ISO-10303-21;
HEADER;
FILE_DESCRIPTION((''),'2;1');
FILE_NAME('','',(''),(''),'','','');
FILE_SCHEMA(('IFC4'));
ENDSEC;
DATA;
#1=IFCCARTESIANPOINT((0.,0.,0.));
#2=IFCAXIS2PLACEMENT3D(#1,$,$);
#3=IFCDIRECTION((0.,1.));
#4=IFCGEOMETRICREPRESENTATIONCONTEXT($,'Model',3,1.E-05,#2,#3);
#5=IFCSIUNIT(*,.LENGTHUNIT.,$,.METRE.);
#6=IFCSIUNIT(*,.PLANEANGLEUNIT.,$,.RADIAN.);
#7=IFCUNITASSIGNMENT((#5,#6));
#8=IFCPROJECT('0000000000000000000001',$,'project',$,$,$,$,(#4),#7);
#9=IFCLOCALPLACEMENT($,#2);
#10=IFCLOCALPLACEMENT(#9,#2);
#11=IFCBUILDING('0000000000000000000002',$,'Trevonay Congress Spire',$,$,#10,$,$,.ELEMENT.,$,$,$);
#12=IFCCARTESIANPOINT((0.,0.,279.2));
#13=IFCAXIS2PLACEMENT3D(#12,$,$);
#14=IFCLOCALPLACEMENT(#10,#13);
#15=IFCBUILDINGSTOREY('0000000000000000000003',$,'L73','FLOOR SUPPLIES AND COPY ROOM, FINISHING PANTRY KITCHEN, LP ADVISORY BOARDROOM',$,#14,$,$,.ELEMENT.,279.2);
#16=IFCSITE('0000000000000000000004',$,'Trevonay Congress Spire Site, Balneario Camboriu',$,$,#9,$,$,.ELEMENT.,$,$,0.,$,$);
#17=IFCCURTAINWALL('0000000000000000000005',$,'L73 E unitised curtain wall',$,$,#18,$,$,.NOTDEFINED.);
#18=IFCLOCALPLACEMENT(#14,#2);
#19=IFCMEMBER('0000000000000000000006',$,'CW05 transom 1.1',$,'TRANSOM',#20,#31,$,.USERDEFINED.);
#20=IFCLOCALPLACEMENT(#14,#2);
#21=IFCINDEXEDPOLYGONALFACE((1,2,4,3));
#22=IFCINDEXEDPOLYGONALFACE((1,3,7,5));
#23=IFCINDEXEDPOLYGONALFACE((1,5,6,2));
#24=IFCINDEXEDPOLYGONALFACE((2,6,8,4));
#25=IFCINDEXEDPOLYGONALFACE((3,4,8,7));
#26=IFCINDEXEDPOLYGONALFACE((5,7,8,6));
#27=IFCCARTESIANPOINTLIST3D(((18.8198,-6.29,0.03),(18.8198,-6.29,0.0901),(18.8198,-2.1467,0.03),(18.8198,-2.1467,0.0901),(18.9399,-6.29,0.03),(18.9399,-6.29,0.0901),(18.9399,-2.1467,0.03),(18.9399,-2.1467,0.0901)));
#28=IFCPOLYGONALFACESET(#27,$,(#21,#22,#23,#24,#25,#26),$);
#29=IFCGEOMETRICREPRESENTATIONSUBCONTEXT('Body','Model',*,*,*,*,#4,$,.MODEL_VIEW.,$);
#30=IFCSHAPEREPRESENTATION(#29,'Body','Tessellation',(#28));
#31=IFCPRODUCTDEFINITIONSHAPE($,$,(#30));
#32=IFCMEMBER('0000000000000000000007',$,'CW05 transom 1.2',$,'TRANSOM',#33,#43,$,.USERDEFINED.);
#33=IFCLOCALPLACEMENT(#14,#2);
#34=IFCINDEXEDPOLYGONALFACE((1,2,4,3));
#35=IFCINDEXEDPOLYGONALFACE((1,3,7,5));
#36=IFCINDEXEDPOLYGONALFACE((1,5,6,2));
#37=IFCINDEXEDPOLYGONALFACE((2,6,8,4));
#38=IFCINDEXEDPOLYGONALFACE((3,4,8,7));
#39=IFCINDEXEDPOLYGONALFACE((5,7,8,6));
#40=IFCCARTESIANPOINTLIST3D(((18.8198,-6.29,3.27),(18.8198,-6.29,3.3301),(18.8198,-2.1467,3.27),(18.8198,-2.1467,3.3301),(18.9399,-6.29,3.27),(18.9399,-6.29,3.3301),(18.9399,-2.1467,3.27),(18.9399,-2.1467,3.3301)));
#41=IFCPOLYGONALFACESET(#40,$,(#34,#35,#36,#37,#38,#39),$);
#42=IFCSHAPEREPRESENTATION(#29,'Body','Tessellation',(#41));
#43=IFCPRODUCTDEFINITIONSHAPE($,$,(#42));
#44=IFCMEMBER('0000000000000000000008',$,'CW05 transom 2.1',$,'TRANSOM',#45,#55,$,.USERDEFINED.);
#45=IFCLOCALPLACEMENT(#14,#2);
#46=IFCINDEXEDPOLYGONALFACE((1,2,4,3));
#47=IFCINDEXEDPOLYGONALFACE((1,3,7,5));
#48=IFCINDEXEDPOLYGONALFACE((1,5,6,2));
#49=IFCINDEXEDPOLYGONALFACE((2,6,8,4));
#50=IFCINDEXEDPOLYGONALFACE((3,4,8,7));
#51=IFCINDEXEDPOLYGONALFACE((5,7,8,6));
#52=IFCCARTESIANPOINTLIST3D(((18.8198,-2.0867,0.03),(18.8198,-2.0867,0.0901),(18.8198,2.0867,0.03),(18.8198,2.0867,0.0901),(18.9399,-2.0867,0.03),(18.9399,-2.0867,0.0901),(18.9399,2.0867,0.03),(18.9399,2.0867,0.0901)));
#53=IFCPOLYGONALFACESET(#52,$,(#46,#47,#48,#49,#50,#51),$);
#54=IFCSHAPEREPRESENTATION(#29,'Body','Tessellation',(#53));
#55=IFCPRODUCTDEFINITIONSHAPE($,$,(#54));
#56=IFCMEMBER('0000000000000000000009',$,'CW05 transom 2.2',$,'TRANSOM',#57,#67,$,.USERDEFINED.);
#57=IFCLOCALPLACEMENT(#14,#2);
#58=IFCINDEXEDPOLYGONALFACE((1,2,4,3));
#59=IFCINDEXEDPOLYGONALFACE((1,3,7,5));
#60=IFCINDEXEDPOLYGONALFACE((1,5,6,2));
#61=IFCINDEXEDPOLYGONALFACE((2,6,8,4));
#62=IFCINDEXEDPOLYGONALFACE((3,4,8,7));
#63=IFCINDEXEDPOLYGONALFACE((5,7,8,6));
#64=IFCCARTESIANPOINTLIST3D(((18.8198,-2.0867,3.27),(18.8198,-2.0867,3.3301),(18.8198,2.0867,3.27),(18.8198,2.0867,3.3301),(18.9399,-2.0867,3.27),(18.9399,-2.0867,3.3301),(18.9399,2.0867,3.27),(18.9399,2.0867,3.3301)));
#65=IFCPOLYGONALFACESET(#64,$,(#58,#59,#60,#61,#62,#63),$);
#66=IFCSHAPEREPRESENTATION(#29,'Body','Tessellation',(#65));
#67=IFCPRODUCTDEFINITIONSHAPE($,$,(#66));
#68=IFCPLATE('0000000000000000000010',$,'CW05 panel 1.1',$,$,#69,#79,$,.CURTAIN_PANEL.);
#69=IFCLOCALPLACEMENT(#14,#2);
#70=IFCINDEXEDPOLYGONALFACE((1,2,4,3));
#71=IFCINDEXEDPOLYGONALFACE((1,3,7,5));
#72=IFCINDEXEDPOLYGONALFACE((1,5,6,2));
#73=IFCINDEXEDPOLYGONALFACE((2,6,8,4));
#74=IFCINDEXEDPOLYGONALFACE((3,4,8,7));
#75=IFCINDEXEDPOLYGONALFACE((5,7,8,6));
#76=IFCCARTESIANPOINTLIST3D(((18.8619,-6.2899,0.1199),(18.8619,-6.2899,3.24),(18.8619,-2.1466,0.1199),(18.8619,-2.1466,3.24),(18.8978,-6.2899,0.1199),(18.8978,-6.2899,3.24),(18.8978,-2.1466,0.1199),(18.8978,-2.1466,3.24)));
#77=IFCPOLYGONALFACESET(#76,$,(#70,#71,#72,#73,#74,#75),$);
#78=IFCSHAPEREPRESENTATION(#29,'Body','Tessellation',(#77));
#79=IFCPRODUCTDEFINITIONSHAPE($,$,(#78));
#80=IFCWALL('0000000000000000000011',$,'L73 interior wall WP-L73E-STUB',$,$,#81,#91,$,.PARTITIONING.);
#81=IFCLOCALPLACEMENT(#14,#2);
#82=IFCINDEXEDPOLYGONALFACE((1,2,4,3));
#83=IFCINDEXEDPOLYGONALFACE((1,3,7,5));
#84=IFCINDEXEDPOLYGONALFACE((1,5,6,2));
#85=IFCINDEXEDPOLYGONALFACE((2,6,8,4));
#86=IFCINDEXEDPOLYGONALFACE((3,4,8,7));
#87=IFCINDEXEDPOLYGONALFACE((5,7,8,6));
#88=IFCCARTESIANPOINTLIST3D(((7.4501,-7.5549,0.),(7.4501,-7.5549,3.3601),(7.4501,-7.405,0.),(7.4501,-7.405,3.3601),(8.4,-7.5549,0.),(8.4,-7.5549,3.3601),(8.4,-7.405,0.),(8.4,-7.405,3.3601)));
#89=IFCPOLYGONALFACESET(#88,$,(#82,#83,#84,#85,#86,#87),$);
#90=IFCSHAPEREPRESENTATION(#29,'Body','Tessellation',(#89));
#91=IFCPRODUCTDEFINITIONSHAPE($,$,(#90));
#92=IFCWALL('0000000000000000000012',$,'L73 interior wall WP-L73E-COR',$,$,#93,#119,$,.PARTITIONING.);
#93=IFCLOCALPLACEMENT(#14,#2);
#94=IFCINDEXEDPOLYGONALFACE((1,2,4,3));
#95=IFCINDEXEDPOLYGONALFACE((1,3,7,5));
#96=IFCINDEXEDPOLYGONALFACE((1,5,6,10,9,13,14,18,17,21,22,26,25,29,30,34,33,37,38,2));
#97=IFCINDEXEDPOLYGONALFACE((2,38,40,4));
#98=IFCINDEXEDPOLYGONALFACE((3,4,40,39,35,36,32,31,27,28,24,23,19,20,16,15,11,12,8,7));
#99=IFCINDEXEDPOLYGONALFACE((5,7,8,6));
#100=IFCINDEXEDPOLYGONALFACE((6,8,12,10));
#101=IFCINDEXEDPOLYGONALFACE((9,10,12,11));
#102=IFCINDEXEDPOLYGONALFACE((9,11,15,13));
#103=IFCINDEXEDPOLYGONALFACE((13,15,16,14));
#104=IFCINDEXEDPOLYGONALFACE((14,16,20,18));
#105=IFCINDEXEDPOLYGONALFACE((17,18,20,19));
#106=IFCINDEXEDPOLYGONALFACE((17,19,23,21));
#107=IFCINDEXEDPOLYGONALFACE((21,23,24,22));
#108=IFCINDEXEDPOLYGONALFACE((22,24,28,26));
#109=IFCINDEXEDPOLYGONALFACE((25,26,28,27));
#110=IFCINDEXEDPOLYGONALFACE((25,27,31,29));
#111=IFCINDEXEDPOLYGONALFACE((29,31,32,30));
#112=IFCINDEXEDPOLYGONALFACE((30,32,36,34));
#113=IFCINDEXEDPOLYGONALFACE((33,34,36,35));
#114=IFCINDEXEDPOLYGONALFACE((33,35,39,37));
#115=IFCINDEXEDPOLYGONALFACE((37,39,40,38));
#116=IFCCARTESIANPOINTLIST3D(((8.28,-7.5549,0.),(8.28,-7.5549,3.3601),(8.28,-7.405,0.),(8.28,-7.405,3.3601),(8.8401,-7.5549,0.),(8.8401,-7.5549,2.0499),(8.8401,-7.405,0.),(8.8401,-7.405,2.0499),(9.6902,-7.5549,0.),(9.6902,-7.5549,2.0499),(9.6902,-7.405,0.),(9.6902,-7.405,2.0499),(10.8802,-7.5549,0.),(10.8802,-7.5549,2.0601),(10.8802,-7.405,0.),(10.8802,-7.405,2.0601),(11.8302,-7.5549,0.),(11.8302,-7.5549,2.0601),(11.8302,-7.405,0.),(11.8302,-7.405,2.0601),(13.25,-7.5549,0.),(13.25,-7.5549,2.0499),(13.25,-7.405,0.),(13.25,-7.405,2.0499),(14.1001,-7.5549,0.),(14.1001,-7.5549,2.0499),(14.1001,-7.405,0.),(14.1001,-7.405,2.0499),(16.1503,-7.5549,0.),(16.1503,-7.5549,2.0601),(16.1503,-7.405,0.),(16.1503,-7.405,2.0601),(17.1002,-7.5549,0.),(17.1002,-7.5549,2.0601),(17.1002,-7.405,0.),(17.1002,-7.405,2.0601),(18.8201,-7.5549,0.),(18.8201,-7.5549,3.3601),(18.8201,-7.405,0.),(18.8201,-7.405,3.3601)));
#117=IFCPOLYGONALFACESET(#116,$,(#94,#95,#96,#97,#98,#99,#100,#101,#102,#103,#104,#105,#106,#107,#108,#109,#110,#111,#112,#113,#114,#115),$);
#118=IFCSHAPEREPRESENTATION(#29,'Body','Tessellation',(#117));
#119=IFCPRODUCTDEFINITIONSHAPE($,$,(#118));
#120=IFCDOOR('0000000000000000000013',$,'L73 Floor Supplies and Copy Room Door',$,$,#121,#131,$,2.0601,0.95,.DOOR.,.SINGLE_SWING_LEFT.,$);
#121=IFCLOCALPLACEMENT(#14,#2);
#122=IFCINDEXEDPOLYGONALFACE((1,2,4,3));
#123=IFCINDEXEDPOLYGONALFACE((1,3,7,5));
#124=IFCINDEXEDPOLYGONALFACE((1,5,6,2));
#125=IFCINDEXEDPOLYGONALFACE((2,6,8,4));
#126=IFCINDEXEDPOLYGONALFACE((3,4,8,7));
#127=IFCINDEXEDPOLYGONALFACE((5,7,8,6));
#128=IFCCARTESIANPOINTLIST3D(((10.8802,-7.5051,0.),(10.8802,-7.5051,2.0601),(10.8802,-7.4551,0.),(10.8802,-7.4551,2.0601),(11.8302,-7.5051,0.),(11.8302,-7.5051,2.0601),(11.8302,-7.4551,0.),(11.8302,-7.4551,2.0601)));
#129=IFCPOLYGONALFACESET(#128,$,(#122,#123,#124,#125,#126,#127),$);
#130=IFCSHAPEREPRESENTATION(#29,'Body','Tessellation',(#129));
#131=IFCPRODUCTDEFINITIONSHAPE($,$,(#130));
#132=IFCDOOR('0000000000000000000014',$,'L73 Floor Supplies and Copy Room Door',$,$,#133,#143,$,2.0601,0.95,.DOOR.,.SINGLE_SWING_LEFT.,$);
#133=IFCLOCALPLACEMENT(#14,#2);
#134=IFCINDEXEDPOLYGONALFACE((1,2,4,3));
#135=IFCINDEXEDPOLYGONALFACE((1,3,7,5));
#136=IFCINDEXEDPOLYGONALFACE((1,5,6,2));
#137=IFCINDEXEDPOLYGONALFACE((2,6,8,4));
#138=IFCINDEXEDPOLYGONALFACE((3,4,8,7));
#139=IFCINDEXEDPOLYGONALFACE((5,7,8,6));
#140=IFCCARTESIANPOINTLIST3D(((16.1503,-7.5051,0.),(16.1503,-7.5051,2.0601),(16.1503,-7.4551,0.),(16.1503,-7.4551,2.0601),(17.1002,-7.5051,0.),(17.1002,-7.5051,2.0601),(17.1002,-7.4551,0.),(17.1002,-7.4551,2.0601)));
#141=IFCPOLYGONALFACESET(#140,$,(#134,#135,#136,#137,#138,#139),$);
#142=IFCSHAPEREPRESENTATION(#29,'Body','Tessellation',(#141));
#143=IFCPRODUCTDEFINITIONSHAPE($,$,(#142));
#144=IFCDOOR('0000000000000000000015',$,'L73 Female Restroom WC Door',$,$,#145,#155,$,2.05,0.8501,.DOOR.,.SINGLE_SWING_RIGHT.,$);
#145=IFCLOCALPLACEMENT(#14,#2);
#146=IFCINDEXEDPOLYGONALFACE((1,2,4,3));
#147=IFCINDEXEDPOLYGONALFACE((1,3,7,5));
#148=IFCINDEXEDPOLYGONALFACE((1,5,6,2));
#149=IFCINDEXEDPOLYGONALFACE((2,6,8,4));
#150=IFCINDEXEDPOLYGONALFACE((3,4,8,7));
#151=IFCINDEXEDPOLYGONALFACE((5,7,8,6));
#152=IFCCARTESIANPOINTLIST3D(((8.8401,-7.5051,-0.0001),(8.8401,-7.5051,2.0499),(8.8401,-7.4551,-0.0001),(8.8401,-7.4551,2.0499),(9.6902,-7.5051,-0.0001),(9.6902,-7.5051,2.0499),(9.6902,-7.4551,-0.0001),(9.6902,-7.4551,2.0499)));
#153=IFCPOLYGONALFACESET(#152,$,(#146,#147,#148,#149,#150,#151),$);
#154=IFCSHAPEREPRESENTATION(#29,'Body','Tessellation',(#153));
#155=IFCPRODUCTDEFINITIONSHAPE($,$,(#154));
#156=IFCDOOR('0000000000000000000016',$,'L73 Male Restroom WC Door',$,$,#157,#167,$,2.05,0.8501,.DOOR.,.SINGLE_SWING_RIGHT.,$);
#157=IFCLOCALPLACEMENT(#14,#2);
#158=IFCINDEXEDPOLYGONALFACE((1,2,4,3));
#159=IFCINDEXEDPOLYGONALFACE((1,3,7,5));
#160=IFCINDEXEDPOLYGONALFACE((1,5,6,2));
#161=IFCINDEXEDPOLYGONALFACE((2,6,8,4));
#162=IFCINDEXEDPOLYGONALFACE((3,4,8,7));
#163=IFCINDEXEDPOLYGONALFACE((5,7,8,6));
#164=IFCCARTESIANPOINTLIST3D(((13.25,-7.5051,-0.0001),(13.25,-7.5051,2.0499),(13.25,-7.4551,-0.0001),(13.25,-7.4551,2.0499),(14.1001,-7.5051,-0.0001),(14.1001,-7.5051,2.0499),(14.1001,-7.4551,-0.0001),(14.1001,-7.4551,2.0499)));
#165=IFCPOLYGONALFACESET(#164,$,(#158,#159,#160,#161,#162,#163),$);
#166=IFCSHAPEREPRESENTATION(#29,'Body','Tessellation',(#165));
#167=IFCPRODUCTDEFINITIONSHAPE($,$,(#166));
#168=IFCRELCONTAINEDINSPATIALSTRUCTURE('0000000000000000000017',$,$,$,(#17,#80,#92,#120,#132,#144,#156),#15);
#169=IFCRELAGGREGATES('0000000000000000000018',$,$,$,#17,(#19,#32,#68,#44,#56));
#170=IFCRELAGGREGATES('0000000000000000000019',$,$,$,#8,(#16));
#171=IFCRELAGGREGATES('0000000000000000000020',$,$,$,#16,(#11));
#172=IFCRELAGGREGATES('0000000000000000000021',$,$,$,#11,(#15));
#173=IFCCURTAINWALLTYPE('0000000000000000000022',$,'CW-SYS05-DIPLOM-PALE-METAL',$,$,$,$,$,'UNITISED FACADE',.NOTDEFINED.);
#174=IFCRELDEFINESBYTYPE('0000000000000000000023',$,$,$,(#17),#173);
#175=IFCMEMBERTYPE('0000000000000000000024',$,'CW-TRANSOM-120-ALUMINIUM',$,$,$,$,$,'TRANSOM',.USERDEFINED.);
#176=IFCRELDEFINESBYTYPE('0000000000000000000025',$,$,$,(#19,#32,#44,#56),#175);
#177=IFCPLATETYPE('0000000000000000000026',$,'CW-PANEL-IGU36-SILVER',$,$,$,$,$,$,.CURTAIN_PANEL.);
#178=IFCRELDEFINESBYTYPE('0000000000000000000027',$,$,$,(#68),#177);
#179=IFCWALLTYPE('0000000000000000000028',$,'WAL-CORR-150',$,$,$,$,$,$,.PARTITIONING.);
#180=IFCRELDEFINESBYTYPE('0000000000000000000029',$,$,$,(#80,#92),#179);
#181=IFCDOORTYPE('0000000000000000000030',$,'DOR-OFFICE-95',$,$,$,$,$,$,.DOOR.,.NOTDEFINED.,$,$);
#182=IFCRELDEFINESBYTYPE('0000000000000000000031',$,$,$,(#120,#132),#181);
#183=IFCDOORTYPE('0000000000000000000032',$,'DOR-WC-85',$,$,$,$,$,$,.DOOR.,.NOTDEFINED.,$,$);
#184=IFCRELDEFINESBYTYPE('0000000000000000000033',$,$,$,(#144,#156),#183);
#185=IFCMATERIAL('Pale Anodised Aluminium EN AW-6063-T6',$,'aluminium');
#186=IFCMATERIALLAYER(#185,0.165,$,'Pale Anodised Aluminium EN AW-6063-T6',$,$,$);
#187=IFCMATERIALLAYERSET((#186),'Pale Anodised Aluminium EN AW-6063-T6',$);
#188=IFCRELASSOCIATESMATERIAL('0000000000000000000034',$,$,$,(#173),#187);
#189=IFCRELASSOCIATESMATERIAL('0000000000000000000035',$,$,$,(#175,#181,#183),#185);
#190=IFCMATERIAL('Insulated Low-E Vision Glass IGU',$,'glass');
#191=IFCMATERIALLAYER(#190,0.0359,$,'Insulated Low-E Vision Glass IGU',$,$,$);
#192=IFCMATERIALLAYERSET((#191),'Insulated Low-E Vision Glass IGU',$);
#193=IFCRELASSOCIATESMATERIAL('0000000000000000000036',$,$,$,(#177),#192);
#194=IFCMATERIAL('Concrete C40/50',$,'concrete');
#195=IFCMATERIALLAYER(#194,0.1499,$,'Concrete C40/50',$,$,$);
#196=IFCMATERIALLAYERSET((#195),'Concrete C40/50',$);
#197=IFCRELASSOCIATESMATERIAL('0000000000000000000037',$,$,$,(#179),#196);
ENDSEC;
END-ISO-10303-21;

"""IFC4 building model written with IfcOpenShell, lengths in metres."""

from ifc_helpers import new_model, si_unit, direction, frame, frame_2d, origin, origin_2d, place, context, subcontext, project, spatial, rectangle, extrude, material, layer, layer_set, material_profile, profile_set, type_object, element, fill, aggregate, save


model = new_model("IFC4")

# Units and contexts
model_context = context("Model", 3, precision=1e-05, world=origin(), true_north=direction((0.0, 1.0)))
body_context = subcontext(model_context, "Body", "Model", "MODEL_VIEW")
ifc_project = project(units=[si_unit("LENGTHUNIT", "METRE"), si_unit("PLANEANGLEUNIT", "RADIAN")], contexts=[model_context])

# Site, building, storey
site_placement = place(None, origin())
site = spatial("IfcSite", under=ifc_project, at=site_placement, Name="Trevonay Congress Spire Site, Balneario Camboriu", CompositionType="ELEMENT", RefElevation=0.0)
building_placement = place(site_placement, origin())
building = spatial("IfcBuilding", under=site, at=building_placement, Name="Trevonay Congress Spire", CompositionType="ELEMENT")
storey_placement = place(building_placement, frame((0.0, 0.0, 279.2)))
storey = spatial("IfcBuildingStorey", under=building, at=storey_placement, Name="L73", Description="FLOOR SUPPLIES AND COPY ROOM, FINISHING PANTRY KITCHEN, LP ADVISORY BOARDROOM", CompositionType="ELEMENT", Elevation=279.2)

# Curtain wall, members, plate
ifc_material_1 = material(Name="Pale Anodised Aluminium EN AW-6063-T6", Category="aluminium")
ifc_layer_1 = layer(ifc_material_1, 0.165, Name="Pale Anodised Aluminium EN AW-6063-T6")
ifc_layer_set_1 = layer_set([ifc_layer_1], Name="Pale Anodised Aluminium EN AW-6063-T6")
curtain_wall_type = type_object("IfcCurtainWallType", Name="CW-SYS05-DIPLOM-PALE-METAL", ElementType="UNITISED FACADE", PredefinedType="NOTDEFINED", material=ifc_layer_set_1)
curtain_wall_placement = place(storey_placement, origin())
curtain_wall = element("IfcCurtainWall", 1, at=curtain_wall_placement, inside=storey, type_object=curtain_wall_type, Name="L73 E unitised curtain wall", PredefinedType="NOTDEFINED")
ifc_material_profile_1 = material_profile(ifc_material_1, rectangle(XDim=0.1201, YDim=0.0601, at=origin_2d()), Name="CW-TRANSOM-120-ALUMINIUM")
ifc_profile_set_1 = profile_set([ifc_material_profile_1], Name="Pale Anodised Aluminium EN AW-6063-T6")
member_type_1 = type_object("IfcMemberType", Name="CW-TRANSOM-120-ALUMINIUM", ElementType="TRANSOM", PredefinedType="USERDEFINED", material=ifc_profile_set_1)
member_1_placement = place(storey_placement, frame((18.8799, -6.29, 0.0601), z_axis=(0.0, 1.0, 0.0), x_axis=(-1.0, 0.0, 0.0)))
member_1 = element("IfcMember", 2, at=member_1_placement, type_object=member_type_1, Name="CW05 transom 1.1", ObjectType="TRANSOM", PredefinedType="USERDEFINED", context=body_context, shape_type="SweptSolid", body=[
    extrude(rectangle(XDim=0.1201, YDim=0.0601, at=origin_2d()), origin(), (0.0, 0.0, 1.0), 4.1433),
])
member_2_placement = place(storey_placement, frame((18.8799, -6.29, 3.3), z_axis=(0.0, 1.0, 0.0), x_axis=(-1.0, 0.0, 0.0)))
member_2 = element("IfcMember", 3, at=member_2_placement, type_object=member_type_1, Name="CW05 transom 1.2", ObjectType="TRANSOM", PredefinedType="USERDEFINED", context=body_context, shape_type="SweptSolid", body=[
    extrude(rectangle(XDim=0.1201, YDim=0.0601, at=origin_2d()), origin(), (0.0, 0.0, 1.0), 4.1433),
])
member_3_placement = place(storey_placement, frame((18.8799, -2.0867, 0.0601), z_axis=(0.0, 1.0, 0.0), x_axis=(-1.0, 0.0, 0.0)))
member_3 = element("IfcMember", 4, at=member_3_placement, type_object=member_type_1, Name="CW05 transom 2.1", ObjectType="TRANSOM", PredefinedType="USERDEFINED", context=body_context, shape_type="SweptSolid", body=[
    extrude(rectangle(XDim=0.1201, YDim=0.0601, at=origin_2d()), origin(), (0.0, 0.0, 1.0), 4.1733),
])
member_4_placement = place(storey_placement, frame((18.8799, -2.0867, 3.3), z_axis=(0.0, 1.0, 0.0), x_axis=(-1.0, 0.0, 0.0)))
member_4 = element("IfcMember", 5, at=member_4_placement, type_object=member_type_1, Name="CW05 transom 2.2", ObjectType="TRANSOM", PredefinedType="USERDEFINED", context=body_context, shape_type="SweptSolid", body=[
    extrude(rectangle(XDim=0.1201, YDim=0.0601, at=origin_2d()), origin(), (0.0, 0.0, 1.0), 4.1733),
])
ifc_material_2 = material(Name="Insulated Low-E Vision Glass IGU", Category="glass")
ifc_layer_2 = layer(ifc_material_2, 0.0359, Name="Insulated Low-E Vision Glass IGU")
ifc_layer_set_2 = layer_set([ifc_layer_2], Name="Insulated Low-E Vision Glass IGU")
plate_type = type_object("IfcPlateType", Name="CW-PANEL-IGU36-SILVER", PredefinedType="CURTAIN_PANEL", material=ifc_layer_set_2)
plate_placement = place(storey_placement, frame((18.8799, -4.2183, 0.1199), z_axis=(0.0, 0.0, 1.0), x_axis=(0.0, 1.0, 0.0)))
plate = element("IfcPlate", 6, at=plate_placement, type_object=plate_type, Name="CW05 panel 1.1", PredefinedType="CURTAIN_PANEL", context=body_context, shape_type="SweptSolid", body=[
    extrude(rectangle(XDim=4.1433, YDim=0.0359, at=origin_2d()), origin(), (0.0, 0.0, 1.0), 3.1201),
])
aggregate(curtain_wall, [member_1, member_2, plate, member_3, member_4])

# Wall
ifc_material_3 = material(Name="Concrete C40/50", Category="concrete")
ifc_layer_3 = layer(ifc_material_3, 0.1499, Name="Concrete C40/50")
ifc_layer_set_3 = layer_set([ifc_layer_3], Name="Concrete C40/50")
wall_type_1 = type_object("IfcWallType", Name="WAL-CORR-150", PredefinedType="PARTITIONING", material=ifc_layer_set_3)
wall_1_placement = place(storey_placement, frame((7.45, -7.48, 0.0), z_axis=(0.0, 0.0, 1.0), x_axis=(1.0, 0.0, 0.0)))
element("IfcWall", 7, at=wall_1_placement, inside=storey, type_object=wall_type_1, Name="L73 interior wall WP-L73E-STUB", PredefinedType="PARTITIONING", context=body_context, shape_type="SweptSolid", body=[
    extrude(rectangle(XDim=0.95, YDim=0.1499, at=frame_2d((0.4751, 0.0))), origin(), (0.0, 0.0, 1.0), 3.3601),
])

# Wall, openings, doors
wall_2_placement = place(storey_placement, frame((8.28, -7.48, 0.0), z_axis=(0.0, 0.0, 1.0), x_axis=(1.0, 0.0, 0.0)))
wall_2 = element("IfcWall", 8, at=wall_2_placement, inside=storey, type_object=wall_type_1, Name="L73 interior wall WP-L73E-COR", PredefinedType="PARTITIONING", context=body_context, shape_type="SweptSolid", body=[
    extrude(rectangle(XDim=10.54, YDim=0.1499, at=frame_2d((5.27, 0.0))), origin(), (0.0, 0.0, 1.0), 3.3601),
])
opening_1_placement = place(wall_2_placement, frame((0.5601, 0.0, 0.0)))
opening_1 = element("IfcOpeningElement", 9, at=opening_1_placement, cuts=wall_2, PredefinedType="OPENING", context=body_context, shape_type="SweptSolid", body=[
    extrude(rectangle(XDim=0.8501, YDim=2.05, at=frame_2d((0.425, 1.0249))), frame((0.0, 0.085, 0.0), z_axis=(0.0, -1.0, 0.0), x_axis=(1.0, 0.0, 0.0)), (0.0, 0.0, 1.0), 0.1699),
])
opening_2_placement = place(wall_2_placement, frame((2.6001, 0.0, 0.0)))
opening_2 = element("IfcOpeningElement", 10, at=opening_2_placement, cuts=wall_2, PredefinedType="OPENING", context=body_context, shape_type="SweptSolid", body=[
    extrude(rectangle(XDim=0.95, YDim=2.0601, at=frame_2d((0.4751, 1.03))), frame((0.0, 0.085, 0.0), z_axis=(0.0, -1.0, 0.0), x_axis=(1.0, 0.0, 0.0)), (0.0, 0.0, 1.0), 0.1699),
])
opening_3_placement = place(wall_2_placement, frame((4.97, 0.0, 0.0)))
opening_3 = element("IfcOpeningElement", 11, at=opening_3_placement, cuts=wall_2, PredefinedType="OPENING", context=body_context, shape_type="SweptSolid", body=[
    extrude(rectangle(XDim=0.8501, YDim=2.05, at=frame_2d((0.425, 1.0249))), frame((0.0, 0.085, 0.0), z_axis=(0.0, -1.0, 0.0), x_axis=(1.0, 0.0, 0.0)), (0.0, 0.0, 1.0), 0.1699),
])
opening_4_placement = place(wall_2_placement, frame((7.8701, 0.0, 0.0)))
opening_4 = element("IfcOpeningElement", 12, at=opening_4_placement, cuts=wall_2, PredefinedType="OPENING", context=body_context, shape_type="SweptSolid", body=[
    extrude(rectangle(XDim=0.95, YDim=2.0601, at=frame_2d((0.4751, 1.03))), frame((0.0, 0.085, 0.0), z_axis=(0.0, -1.0, 0.0), x_axis=(1.0, 0.0, 0.0)), (0.0, 0.0, 1.0), 0.1699),
])
door_type_1 = type_object("IfcDoorType", Name="DOR-OFFICE-95", OperationType="NOTDEFINED", PredefinedType="DOOR", material=ifc_material_1)
door_1_placement = place(opening_2_placement, origin())
door_1 = element("IfcDoor", 13, at=door_1_placement, inside=storey, type_object=door_type_1, Name="L73 Floor Supplies and Copy Room Door", OperationType="SINGLE_SWING_LEFT", OverallHeight=2.0601, OverallWidth=0.95, PredefinedType="DOOR", context=body_context, shape_type="SweptSolid", body=[
    extrude(rectangle(XDim=0.95, YDim=2.0601, at=frame_2d((0.4751, 1.03))), frame((0.0, 0.0249, 0.0), z_axis=(0.0, -1.0, 0.0), x_axis=(1.0, 0.0, 0.0)), (0.0, 0.0, 1.0), 0.05),
])
fill(opening_2, door_1)
door_2_placement = place(opening_4_placement, origin())
door_2 = element("IfcDoor", 14, at=door_2_placement, inside=storey, type_object=door_type_1, Name="L73 Floor Supplies and Copy Room Door", OperationType="SINGLE_SWING_LEFT", OverallHeight=2.0601, OverallWidth=0.95, PredefinedType="DOOR", context=body_context, shape_type="SweptSolid", body=[
    extrude(rectangle(XDim=0.95, YDim=2.0601, at=frame_2d((0.4751, 1.03))), frame((0.0, 0.0249, 0.0), z_axis=(0.0, -1.0, 0.0), x_axis=(1.0, 0.0, 0.0)), (0.0, 0.0, 1.0), 0.05),
])
fill(opening_4, door_2)
door_type_2 = type_object("IfcDoorType", Name="DOR-WC-85", OperationType="NOTDEFINED", PredefinedType="DOOR", material=ifc_material_1)
door_3_placement = place(opening_1_placement, origin())
door_3 = element("IfcDoor", 15, at=door_3_placement, inside=storey, type_object=door_type_2, Name="L73 Female Restroom WC Door", OperationType="SINGLE_SWING_RIGHT", OverallHeight=2.05, OverallWidth=0.8501, PredefinedType="DOOR", context=body_context, shape_type="SweptSolid", body=[
    extrude(rectangle(XDim=0.8501, YDim=2.05, at=frame_2d((0.425, 1.0249))), frame((0.0, 0.0249, 0.0), z_axis=(0.0, -1.0, 0.0), x_axis=(1.0, 0.0, 0.0)), (0.0, 0.0, 1.0), 0.05),
])
fill(opening_1, door_3)
door_4_placement = place(opening_3_placement, origin())
door_4 = element("IfcDoor", 16, at=door_4_placement, inside=storey, type_object=door_type_2, Name="L73 Male Restroom WC Door", OperationType="SINGLE_SWING_RIGHT", OverallHeight=2.05, OverallWidth=0.8501, PredefinedType="DOOR", context=body_context, shape_type="SweptSolid", body=[
    extrude(rectangle(XDim=0.8501, YDim=2.05, at=frame_2d((0.425, 1.0249))), frame((0.0, 0.0249, 0.0), z_axis=(0.0, -1.0, 0.0), x_axis=(1.0, 0.0, 0.0)), (0.0, 0.0, 1.0), 0.05),
])
fill(opening_3, door_4)

save(model, "model.ifc")
